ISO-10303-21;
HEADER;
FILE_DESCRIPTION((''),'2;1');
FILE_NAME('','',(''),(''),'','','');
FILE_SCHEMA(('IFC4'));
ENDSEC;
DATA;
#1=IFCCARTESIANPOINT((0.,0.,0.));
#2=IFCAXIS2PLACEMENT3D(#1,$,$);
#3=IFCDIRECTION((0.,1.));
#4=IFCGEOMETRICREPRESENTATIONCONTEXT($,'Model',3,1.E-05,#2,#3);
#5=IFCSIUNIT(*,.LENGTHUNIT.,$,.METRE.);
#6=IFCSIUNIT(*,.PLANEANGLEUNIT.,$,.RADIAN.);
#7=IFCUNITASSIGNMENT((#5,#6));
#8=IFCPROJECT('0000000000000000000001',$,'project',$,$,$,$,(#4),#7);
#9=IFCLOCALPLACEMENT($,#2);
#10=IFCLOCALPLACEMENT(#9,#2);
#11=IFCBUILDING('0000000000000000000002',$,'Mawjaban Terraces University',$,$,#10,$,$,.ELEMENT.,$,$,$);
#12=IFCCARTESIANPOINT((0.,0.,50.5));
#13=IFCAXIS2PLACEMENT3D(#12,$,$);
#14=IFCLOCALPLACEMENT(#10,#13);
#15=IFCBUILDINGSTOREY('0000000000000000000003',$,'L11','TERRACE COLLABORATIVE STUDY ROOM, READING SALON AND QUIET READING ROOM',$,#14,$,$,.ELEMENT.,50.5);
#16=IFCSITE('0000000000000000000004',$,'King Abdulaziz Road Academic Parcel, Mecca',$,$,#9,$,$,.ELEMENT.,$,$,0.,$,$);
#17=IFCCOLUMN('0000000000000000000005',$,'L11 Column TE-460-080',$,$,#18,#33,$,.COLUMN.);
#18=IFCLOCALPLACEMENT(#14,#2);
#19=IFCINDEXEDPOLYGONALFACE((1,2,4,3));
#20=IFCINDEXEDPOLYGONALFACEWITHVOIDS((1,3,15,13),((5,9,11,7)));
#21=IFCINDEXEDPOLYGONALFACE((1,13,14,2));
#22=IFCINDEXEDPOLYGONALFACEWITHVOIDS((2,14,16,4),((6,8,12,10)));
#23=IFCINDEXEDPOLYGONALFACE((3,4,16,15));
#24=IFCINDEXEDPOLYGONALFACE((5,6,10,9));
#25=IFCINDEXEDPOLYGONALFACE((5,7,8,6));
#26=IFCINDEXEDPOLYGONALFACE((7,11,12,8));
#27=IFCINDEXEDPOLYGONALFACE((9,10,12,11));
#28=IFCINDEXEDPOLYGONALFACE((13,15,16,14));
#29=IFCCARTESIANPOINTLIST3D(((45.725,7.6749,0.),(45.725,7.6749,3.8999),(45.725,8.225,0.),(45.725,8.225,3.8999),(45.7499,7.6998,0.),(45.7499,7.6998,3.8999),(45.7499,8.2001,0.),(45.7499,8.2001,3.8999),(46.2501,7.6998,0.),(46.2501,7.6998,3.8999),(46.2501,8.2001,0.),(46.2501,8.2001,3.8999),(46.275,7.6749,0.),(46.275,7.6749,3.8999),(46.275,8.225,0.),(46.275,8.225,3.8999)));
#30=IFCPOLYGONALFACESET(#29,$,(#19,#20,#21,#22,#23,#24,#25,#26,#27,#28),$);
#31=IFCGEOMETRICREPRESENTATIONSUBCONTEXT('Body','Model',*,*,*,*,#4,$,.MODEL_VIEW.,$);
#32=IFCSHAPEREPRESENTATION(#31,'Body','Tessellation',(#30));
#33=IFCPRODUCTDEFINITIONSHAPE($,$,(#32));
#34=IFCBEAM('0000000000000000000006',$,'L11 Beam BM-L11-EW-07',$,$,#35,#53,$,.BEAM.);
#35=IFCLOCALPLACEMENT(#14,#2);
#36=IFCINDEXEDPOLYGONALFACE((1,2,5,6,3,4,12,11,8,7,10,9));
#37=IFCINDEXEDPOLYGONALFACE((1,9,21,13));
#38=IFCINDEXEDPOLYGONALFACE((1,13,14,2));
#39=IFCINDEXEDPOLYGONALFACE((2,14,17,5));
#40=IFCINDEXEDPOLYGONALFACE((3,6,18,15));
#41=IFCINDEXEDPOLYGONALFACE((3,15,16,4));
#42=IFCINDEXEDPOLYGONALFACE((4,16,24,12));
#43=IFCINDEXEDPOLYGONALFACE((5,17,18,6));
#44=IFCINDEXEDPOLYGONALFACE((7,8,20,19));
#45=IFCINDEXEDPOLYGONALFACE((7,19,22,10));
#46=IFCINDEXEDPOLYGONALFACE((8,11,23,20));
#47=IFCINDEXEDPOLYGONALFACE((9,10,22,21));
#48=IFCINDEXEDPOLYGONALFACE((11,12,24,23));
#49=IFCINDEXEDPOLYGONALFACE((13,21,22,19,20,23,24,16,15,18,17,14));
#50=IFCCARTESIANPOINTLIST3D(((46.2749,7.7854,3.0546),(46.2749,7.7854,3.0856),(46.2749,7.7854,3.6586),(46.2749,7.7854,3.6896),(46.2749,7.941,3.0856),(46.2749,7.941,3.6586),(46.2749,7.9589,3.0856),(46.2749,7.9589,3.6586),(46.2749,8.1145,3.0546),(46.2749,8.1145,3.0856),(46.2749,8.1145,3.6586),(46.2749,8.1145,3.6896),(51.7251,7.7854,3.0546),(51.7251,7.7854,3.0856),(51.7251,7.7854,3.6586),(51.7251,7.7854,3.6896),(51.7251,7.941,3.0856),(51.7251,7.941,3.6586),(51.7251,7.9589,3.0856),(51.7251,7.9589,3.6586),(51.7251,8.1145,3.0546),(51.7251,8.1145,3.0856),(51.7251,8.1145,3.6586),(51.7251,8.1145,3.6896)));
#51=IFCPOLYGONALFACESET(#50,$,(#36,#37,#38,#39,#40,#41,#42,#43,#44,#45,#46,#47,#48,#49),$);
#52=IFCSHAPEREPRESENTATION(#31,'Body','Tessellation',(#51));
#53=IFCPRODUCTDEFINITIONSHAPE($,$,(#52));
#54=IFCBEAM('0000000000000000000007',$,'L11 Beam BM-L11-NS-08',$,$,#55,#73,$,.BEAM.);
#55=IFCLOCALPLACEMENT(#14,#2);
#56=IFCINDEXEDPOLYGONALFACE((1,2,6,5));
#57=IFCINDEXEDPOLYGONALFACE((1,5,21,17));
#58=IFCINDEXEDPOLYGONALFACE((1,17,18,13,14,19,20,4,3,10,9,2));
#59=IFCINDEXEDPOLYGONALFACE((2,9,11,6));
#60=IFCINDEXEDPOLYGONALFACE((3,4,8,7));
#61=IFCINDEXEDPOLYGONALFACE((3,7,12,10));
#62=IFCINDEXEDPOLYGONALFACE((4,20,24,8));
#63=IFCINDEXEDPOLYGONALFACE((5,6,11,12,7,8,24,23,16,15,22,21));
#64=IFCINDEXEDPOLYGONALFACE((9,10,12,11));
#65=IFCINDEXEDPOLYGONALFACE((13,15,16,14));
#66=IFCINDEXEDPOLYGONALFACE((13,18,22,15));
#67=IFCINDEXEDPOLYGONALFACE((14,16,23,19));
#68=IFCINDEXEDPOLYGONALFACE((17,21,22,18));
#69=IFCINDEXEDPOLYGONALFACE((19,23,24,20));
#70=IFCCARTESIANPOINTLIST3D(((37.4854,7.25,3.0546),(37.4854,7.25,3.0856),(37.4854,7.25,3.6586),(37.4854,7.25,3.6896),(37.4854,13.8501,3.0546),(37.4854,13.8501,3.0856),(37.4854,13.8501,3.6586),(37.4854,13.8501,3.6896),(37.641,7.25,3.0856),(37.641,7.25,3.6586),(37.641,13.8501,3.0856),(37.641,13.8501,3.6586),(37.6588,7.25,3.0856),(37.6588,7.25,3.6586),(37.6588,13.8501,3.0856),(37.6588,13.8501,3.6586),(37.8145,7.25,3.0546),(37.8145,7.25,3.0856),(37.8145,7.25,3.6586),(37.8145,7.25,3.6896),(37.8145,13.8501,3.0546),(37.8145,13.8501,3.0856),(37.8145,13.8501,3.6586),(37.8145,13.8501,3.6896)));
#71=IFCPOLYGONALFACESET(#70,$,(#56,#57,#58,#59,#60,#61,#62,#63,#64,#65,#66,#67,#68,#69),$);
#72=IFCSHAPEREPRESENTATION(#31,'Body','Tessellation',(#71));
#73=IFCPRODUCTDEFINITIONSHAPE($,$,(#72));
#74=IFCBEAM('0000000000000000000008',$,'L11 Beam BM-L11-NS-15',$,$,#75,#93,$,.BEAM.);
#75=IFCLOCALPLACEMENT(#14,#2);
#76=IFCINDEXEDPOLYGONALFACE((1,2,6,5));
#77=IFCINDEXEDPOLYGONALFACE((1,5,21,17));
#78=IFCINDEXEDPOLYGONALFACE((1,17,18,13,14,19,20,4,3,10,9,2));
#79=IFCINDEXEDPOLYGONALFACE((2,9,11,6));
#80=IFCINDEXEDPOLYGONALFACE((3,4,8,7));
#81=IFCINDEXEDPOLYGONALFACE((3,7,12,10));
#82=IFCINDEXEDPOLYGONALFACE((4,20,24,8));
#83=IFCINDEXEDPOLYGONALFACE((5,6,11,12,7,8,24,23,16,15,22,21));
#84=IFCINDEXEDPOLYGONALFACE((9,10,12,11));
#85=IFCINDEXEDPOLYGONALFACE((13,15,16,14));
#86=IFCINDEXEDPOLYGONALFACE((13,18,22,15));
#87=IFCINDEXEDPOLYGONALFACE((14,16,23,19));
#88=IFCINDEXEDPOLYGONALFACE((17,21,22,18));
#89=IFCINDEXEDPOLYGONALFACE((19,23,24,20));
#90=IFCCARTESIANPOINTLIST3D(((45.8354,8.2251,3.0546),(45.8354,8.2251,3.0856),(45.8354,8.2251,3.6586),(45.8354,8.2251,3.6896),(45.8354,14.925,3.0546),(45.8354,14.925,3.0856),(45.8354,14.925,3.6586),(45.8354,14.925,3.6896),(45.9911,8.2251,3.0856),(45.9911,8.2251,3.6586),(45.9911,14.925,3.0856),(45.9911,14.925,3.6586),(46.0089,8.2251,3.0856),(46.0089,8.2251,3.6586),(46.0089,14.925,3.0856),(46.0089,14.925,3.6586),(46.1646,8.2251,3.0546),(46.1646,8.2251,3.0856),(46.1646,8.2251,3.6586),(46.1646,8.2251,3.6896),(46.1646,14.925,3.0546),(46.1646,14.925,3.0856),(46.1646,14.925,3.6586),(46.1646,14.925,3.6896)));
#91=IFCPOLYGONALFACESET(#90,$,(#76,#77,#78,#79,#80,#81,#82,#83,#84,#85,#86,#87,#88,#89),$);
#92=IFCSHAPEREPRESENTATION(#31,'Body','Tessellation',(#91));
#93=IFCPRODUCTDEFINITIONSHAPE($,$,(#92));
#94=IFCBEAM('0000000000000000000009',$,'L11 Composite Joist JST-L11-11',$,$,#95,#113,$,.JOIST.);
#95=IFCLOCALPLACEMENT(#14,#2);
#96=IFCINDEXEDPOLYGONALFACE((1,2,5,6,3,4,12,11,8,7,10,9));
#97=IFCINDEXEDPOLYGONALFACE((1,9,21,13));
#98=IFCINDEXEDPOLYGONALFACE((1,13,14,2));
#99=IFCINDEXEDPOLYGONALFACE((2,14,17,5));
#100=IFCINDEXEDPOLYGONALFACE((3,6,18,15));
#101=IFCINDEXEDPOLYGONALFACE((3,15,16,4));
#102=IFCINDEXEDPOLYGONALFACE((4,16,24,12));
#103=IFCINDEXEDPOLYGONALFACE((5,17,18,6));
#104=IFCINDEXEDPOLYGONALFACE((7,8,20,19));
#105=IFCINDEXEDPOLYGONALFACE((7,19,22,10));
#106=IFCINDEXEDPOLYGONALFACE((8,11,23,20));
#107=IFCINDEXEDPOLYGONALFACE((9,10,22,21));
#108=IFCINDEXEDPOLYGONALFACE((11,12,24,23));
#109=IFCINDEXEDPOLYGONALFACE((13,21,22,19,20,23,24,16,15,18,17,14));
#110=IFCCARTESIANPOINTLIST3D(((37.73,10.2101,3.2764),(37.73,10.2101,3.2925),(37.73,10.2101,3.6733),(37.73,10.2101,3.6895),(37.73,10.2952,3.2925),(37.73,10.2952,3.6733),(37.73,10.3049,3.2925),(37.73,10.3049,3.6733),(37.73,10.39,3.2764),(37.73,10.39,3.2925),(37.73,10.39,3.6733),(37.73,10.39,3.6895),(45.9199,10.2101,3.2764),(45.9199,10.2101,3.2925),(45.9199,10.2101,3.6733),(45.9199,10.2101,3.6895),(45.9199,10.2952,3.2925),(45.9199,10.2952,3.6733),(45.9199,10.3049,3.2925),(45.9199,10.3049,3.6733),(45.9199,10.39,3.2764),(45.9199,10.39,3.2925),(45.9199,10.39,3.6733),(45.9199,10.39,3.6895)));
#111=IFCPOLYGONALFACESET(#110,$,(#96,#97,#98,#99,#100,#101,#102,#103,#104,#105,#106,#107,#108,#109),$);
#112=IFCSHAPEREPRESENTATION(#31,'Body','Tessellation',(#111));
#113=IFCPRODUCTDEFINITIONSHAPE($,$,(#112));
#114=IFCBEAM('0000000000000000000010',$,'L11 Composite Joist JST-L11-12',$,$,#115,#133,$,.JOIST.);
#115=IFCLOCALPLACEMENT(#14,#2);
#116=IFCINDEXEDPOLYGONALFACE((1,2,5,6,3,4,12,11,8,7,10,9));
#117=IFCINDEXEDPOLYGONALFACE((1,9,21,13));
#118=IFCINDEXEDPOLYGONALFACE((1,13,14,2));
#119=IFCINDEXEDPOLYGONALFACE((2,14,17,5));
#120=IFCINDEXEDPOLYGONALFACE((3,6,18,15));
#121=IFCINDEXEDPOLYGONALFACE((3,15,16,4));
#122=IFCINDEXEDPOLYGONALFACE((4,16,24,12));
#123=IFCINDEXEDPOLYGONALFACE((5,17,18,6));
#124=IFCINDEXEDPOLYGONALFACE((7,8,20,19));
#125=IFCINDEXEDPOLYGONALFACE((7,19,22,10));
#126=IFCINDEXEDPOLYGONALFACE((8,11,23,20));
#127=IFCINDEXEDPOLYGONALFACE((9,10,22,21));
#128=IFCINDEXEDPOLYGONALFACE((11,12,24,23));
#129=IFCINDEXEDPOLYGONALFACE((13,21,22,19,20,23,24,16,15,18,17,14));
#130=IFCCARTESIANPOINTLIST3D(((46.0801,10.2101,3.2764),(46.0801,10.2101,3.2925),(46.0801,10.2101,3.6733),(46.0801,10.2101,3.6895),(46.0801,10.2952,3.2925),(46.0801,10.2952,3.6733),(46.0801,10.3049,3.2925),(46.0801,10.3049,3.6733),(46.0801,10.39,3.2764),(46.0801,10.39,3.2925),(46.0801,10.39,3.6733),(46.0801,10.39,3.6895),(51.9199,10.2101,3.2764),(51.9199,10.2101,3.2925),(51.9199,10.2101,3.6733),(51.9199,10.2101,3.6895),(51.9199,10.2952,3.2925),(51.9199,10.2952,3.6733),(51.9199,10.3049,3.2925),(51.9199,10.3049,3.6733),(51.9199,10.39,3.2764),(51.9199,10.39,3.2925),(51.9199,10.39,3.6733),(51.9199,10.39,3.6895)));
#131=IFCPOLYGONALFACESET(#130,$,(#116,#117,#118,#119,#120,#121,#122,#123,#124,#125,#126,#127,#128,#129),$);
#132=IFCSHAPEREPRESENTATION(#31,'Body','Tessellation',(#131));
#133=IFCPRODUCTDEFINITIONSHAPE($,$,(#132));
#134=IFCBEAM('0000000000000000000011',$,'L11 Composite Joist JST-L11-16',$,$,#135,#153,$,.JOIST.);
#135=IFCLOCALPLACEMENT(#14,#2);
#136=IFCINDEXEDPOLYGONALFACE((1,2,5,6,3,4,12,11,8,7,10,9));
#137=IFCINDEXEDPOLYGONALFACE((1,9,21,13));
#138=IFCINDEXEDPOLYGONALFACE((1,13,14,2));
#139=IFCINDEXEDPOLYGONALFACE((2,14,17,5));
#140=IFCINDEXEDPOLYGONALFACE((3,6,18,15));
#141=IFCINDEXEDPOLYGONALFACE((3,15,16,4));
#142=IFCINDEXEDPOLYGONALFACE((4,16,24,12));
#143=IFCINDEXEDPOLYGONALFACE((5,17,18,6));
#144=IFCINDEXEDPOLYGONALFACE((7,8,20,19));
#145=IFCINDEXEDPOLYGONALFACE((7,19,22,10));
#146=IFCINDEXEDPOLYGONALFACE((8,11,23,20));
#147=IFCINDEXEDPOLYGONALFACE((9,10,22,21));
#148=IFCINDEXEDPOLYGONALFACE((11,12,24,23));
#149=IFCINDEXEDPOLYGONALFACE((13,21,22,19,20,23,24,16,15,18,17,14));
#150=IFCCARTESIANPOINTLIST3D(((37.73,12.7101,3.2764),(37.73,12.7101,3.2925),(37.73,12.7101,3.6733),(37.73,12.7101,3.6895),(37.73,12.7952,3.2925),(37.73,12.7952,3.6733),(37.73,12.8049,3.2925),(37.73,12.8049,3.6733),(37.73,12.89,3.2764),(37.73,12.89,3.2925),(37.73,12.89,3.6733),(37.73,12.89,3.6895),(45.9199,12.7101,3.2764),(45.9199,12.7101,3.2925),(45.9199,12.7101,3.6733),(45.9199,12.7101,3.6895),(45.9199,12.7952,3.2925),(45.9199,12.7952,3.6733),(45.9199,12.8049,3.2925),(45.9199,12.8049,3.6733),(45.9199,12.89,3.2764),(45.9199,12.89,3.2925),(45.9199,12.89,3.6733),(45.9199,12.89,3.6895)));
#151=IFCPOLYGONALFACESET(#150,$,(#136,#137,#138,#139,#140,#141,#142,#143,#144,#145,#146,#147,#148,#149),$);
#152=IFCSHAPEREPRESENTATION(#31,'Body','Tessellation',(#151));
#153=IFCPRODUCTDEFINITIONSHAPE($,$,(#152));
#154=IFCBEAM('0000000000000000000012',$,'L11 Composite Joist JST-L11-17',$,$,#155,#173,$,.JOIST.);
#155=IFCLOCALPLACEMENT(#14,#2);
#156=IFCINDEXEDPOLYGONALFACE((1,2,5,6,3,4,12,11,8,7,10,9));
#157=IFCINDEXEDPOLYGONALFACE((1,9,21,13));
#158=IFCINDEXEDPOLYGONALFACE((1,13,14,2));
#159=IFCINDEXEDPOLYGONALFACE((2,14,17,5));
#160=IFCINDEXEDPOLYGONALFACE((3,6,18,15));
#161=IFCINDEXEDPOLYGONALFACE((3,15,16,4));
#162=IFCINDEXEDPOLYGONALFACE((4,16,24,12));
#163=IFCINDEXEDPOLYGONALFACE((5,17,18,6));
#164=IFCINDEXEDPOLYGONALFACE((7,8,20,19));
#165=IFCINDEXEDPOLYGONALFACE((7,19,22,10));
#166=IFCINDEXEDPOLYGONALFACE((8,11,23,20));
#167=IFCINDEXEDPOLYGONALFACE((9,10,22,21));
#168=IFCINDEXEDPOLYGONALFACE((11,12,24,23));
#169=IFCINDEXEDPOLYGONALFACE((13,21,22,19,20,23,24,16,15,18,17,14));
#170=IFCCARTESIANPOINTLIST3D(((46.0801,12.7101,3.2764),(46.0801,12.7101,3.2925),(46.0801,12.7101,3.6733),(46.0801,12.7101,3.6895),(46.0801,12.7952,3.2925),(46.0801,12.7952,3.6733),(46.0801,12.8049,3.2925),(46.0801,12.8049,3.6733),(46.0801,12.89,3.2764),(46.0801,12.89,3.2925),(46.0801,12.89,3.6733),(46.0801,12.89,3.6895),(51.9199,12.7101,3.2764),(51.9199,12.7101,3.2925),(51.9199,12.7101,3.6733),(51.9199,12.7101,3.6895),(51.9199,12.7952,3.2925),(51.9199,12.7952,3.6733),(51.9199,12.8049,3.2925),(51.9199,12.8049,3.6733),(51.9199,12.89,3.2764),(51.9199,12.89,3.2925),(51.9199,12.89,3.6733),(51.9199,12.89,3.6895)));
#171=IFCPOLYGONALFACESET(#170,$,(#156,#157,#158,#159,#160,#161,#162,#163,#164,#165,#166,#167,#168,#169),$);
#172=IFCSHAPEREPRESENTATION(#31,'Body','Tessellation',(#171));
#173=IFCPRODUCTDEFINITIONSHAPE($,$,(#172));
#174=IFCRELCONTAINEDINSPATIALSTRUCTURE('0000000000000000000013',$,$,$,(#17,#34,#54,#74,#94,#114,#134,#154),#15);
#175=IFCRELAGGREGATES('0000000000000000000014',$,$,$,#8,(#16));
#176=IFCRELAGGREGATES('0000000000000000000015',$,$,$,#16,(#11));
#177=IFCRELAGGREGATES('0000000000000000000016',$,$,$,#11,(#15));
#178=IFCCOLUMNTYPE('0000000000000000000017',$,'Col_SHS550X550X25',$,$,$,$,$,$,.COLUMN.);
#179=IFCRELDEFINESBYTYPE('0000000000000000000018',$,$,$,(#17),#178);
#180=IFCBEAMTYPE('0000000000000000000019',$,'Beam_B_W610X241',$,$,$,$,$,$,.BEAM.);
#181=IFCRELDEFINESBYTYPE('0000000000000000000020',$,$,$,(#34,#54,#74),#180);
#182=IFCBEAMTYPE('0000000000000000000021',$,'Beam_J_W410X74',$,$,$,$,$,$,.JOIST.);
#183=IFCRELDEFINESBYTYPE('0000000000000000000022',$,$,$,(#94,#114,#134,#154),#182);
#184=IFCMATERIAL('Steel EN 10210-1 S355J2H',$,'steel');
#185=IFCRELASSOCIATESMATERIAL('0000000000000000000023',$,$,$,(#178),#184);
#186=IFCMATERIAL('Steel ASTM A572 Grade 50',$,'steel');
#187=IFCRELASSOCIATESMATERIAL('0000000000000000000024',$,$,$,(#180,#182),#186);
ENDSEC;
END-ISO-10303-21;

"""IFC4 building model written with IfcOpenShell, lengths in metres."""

from ifc_helpers import new_model, si_unit, direction, frame, origin, origin_2d, place, context, subcontext, project, spatial, hollow_rectangle, i_section, extrude, material, material_profile, profile_set, type_object, element, save


model = new_model("IFC4")

# Units and contexts
model_context = context("Model", 3, precision=1e-05, world=origin(), true_north=direction((0.0, 1.0)))
body_context = subcontext(model_context, "Body", "Model", "MODEL_VIEW")
ifc_project = project(units=[si_unit("LENGTHUNIT", "METRE"), si_unit("PLANEANGLEUNIT", "RADIAN")], contexts=[model_context])

# Site, building, storey
site_placement = place(None, origin())
site = spatial("IfcSite", under=ifc_project, at=site_placement, Name="King Abdulaziz Road Academic Parcel, Mecca", CompositionType="ELEMENT", RefElevation=0.0)
building_placement = place(site_placement, origin())
building = spatial("IfcBuilding", under=site, at=building_placement, Name="Mawjaban Terraces University", CompositionType="ELEMENT")
storey_placement = place(building_placement, frame((0.0, 0.0, 50.5)))
storey = spatial("IfcBuildingStorey", under=building, at=storey_placement, Name="L11", Description="TERRACE COLLABORATIVE STUDY ROOM, READING SALON AND QUIET READING ROOM", CompositionType="ELEMENT", Elevation=50.5)

# Column
ifc_material_1 = material(Name="Steel EN 10210-1 S355J2H", Category="steel")
ifc_material_profile_1 = material_profile(ifc_material_1, hollow_rectangle(XDim=0.55, YDim=0.55, WallThickness=0.0249, at=origin_2d()), Name="SHS550X550X25")
ifc_profile_set_1 = profile_set([ifc_material_profile_1], Name="Steel EN 10210-1 S355J2H")
column_type = type_object("IfcColumnType", Name="Col_SHS550X550X25", PredefinedType="COLUMN", material=ifc_profile_set_1)
column_placement = place(storey_placement, frame((46.0, 7.95, 0.0), z_axis=(0.0, 0.0, 1.0), x_axis=(1.0, 0.0, 0.0)))
element("IfcColumn", 1, at=column_placement, inside=storey, type_object=column_type, Name="L11 Column TE-460-080", PredefinedType="COLUMN", context=body_context, shape_type="SweptSolid", body=[
    extrude(hollow_rectangle(XDim=0.55, YDim=0.55, WallThickness=0.0249, at=origin_2d()), origin(), (0.0, 0.0, 1.0), 3.8999),
])

# Beams
ifc_material_2 = material(Name="Steel ASTM A572 Grade 50", Category="steel")
ifc_material_profile_2 = material_profile(ifc_material_2, i_section(OverallWidth=0.3291, OverallDepth=0.635, WebThickness=0.0178, FlangeThickness=0.031, at=origin_2d()), Name="W610X241")
ifc_profile_set_2 = profile_set([ifc_material_profile_2], Name="Steel ASTM A572 Grade 50")
beam_type_1 = type_object("IfcBeamType", Name="Beam_B_W610X241", PredefinedType="BEAM", material=ifc_profile_set_2)
beam_1_placement = place(storey_placement, frame((46.2749, 7.95, 3.3721), z_axis=(1.0, 0.0, 0.0), x_axis=(0.0, 1.0, 0.0)))
element("IfcBeam", 2, at=beam_1_placement, inside=storey, type_object=beam_type_1, Name="L11 Beam BM-L11-EW-07", PredefinedType="BEAM", context=body_context, shape_type="SweptSolid", body=[
    extrude(i_section(OverallWidth=0.3291, OverallDepth=0.635, WebThickness=0.0178, FlangeThickness=0.031, at=origin_2d()), origin(), (0.0, 0.0, 1.0), 5.4502),
])
beam_2_placement = place(storey_placement, frame((37.6499, 7.25, 3.3721), z_axis=(0.0, 1.0, 0.0), x_axis=(-1.0, 0.0, 0.0)))
element("IfcBeam", 3, at=beam_2_placement, inside=storey, type_object=beam_type_1, Name="L11 Beam BM-L11-NS-08", PredefinedType="BEAM", context=body_context, shape_type="SweptSolid", body=[
    extrude(i_section(OverallWidth=0.3291, OverallDepth=0.635, WebThickness=0.0178, FlangeThickness=0.031, at=origin_2d()), origin(), (0.0, 0.0, 1.0), 6.6001),
])
beam_3_placement = place(storey_placement, frame((46.0, 8.2251, 3.3721), z_axis=(0.0, 1.0, 0.0), x_axis=(-1.0, 0.0, 0.0)))
element("IfcBeam", 4, at=beam_3_placement, inside=storey, type_object=beam_type_1, Name="L11 Beam BM-L11-NS-15", PredefinedType="BEAM", context=body_context, shape_type="SweptSolid", body=[
    extrude(i_section(OverallWidth=0.3291, OverallDepth=0.635, WebThickness=0.0178, FlangeThickness=0.031, at=origin_2d()), origin(), (0.0, 0.0, 1.0), 6.7),
])
ifc_material_profile_3 = material_profile(ifc_material_2, i_section(OverallWidth=0.1799, OverallDepth=0.4131, WebThickness=0.0098, FlangeThickness=0.0161, at=origin_2d()), Name="W410X74")
ifc_profile_set_3 = profile_set([ifc_material_profile_3], Name="Steel ASTM A572 Grade 50")
beam_type_2 = type_object("IfcBeamType", Name="Beam_J_W410X74", PredefinedType="JOIST", material=ifc_profile_set_3)
beam_4_placement = place(storey_placement, frame((37.73, 10.3, 3.4829), z_axis=(1.0, 0.0, 0.0), x_axis=(0.0, 1.0, 0.0)))
element("IfcBeam", 5, at=beam_4_placement, inside=storey, type_object=beam_type_2, Name="L11 Composite Joist JST-L11-11", PredefinedType="JOIST", context=body_context, shape_type="SweptSolid", body=[
    extrude(i_section(OverallWidth=0.1799, OverallDepth=0.4131, WebThickness=0.0098, FlangeThickness=0.0161, at=origin_2d()), origin(), (0.0, 0.0, 1.0), 8.1899),
])
beam_5_placement = place(storey_placement, frame((46.0801, 10.3, 3.4829), z_axis=(1.0, 0.0, 0.0), x_axis=(0.0, 1.0, 0.0)))
element("IfcBeam", 6, at=beam_5_placement, inside=storey, type_object=beam_type_2, Name="L11 Composite Joist JST-L11-12", PredefinedType="JOIST", context=body_context, shape_type="SweptSolid", body=[
    extrude(i_section(OverallWidth=0.1799, OverallDepth=0.4131, WebThickness=0.0098, FlangeThickness=0.0161, at=origin_2d()), origin(), (0.0, 0.0, 1.0), 5.8398),
])
beam_6_placement = place(storey_placement, frame((37.73, 12.8, 3.4829), z_axis=(1.0, 0.0, 0.0), x_axis=(0.0, 1.0, 0.0)))
element("IfcBeam", 7, at=beam_6_placement, inside=storey, type_object=beam_type_2, Name="L11 Composite Joist JST-L11-16", PredefinedType="JOIST", context=body_context, shape_type="SweptSolid", body=[
    extrude(i_section(OverallWidth=0.1799, OverallDepth=0.4131, WebThickness=0.0098, FlangeThickness=0.0161, at=origin_2d()), origin(), (0.0, 0.0, 1.0), 8.1899),
])
beam_7_placement = place(storey_placement, frame((46.0801, 12.8, 3.4829), z_axis=(1.0, 0.0, 0.0), x_axis=(0.0, 1.0, 0.0)))
element("IfcBeam", 8, at=beam_7_placement, inside=storey, type_object=beam_type_2, Name="L11 Composite Joist JST-L11-17", PredefinedType="JOIST", context=body_context, shape_type="SweptSolid", body=[
    extrude(i_section(OverallWidth=0.1799, OverallDepth=0.4131, WebThickness=0.0098, FlangeThickness=0.0161, at=origin_2d()), origin(), (0.0, 0.0, 1.0), 5.8398),
])

save(model, "model.ifc")
